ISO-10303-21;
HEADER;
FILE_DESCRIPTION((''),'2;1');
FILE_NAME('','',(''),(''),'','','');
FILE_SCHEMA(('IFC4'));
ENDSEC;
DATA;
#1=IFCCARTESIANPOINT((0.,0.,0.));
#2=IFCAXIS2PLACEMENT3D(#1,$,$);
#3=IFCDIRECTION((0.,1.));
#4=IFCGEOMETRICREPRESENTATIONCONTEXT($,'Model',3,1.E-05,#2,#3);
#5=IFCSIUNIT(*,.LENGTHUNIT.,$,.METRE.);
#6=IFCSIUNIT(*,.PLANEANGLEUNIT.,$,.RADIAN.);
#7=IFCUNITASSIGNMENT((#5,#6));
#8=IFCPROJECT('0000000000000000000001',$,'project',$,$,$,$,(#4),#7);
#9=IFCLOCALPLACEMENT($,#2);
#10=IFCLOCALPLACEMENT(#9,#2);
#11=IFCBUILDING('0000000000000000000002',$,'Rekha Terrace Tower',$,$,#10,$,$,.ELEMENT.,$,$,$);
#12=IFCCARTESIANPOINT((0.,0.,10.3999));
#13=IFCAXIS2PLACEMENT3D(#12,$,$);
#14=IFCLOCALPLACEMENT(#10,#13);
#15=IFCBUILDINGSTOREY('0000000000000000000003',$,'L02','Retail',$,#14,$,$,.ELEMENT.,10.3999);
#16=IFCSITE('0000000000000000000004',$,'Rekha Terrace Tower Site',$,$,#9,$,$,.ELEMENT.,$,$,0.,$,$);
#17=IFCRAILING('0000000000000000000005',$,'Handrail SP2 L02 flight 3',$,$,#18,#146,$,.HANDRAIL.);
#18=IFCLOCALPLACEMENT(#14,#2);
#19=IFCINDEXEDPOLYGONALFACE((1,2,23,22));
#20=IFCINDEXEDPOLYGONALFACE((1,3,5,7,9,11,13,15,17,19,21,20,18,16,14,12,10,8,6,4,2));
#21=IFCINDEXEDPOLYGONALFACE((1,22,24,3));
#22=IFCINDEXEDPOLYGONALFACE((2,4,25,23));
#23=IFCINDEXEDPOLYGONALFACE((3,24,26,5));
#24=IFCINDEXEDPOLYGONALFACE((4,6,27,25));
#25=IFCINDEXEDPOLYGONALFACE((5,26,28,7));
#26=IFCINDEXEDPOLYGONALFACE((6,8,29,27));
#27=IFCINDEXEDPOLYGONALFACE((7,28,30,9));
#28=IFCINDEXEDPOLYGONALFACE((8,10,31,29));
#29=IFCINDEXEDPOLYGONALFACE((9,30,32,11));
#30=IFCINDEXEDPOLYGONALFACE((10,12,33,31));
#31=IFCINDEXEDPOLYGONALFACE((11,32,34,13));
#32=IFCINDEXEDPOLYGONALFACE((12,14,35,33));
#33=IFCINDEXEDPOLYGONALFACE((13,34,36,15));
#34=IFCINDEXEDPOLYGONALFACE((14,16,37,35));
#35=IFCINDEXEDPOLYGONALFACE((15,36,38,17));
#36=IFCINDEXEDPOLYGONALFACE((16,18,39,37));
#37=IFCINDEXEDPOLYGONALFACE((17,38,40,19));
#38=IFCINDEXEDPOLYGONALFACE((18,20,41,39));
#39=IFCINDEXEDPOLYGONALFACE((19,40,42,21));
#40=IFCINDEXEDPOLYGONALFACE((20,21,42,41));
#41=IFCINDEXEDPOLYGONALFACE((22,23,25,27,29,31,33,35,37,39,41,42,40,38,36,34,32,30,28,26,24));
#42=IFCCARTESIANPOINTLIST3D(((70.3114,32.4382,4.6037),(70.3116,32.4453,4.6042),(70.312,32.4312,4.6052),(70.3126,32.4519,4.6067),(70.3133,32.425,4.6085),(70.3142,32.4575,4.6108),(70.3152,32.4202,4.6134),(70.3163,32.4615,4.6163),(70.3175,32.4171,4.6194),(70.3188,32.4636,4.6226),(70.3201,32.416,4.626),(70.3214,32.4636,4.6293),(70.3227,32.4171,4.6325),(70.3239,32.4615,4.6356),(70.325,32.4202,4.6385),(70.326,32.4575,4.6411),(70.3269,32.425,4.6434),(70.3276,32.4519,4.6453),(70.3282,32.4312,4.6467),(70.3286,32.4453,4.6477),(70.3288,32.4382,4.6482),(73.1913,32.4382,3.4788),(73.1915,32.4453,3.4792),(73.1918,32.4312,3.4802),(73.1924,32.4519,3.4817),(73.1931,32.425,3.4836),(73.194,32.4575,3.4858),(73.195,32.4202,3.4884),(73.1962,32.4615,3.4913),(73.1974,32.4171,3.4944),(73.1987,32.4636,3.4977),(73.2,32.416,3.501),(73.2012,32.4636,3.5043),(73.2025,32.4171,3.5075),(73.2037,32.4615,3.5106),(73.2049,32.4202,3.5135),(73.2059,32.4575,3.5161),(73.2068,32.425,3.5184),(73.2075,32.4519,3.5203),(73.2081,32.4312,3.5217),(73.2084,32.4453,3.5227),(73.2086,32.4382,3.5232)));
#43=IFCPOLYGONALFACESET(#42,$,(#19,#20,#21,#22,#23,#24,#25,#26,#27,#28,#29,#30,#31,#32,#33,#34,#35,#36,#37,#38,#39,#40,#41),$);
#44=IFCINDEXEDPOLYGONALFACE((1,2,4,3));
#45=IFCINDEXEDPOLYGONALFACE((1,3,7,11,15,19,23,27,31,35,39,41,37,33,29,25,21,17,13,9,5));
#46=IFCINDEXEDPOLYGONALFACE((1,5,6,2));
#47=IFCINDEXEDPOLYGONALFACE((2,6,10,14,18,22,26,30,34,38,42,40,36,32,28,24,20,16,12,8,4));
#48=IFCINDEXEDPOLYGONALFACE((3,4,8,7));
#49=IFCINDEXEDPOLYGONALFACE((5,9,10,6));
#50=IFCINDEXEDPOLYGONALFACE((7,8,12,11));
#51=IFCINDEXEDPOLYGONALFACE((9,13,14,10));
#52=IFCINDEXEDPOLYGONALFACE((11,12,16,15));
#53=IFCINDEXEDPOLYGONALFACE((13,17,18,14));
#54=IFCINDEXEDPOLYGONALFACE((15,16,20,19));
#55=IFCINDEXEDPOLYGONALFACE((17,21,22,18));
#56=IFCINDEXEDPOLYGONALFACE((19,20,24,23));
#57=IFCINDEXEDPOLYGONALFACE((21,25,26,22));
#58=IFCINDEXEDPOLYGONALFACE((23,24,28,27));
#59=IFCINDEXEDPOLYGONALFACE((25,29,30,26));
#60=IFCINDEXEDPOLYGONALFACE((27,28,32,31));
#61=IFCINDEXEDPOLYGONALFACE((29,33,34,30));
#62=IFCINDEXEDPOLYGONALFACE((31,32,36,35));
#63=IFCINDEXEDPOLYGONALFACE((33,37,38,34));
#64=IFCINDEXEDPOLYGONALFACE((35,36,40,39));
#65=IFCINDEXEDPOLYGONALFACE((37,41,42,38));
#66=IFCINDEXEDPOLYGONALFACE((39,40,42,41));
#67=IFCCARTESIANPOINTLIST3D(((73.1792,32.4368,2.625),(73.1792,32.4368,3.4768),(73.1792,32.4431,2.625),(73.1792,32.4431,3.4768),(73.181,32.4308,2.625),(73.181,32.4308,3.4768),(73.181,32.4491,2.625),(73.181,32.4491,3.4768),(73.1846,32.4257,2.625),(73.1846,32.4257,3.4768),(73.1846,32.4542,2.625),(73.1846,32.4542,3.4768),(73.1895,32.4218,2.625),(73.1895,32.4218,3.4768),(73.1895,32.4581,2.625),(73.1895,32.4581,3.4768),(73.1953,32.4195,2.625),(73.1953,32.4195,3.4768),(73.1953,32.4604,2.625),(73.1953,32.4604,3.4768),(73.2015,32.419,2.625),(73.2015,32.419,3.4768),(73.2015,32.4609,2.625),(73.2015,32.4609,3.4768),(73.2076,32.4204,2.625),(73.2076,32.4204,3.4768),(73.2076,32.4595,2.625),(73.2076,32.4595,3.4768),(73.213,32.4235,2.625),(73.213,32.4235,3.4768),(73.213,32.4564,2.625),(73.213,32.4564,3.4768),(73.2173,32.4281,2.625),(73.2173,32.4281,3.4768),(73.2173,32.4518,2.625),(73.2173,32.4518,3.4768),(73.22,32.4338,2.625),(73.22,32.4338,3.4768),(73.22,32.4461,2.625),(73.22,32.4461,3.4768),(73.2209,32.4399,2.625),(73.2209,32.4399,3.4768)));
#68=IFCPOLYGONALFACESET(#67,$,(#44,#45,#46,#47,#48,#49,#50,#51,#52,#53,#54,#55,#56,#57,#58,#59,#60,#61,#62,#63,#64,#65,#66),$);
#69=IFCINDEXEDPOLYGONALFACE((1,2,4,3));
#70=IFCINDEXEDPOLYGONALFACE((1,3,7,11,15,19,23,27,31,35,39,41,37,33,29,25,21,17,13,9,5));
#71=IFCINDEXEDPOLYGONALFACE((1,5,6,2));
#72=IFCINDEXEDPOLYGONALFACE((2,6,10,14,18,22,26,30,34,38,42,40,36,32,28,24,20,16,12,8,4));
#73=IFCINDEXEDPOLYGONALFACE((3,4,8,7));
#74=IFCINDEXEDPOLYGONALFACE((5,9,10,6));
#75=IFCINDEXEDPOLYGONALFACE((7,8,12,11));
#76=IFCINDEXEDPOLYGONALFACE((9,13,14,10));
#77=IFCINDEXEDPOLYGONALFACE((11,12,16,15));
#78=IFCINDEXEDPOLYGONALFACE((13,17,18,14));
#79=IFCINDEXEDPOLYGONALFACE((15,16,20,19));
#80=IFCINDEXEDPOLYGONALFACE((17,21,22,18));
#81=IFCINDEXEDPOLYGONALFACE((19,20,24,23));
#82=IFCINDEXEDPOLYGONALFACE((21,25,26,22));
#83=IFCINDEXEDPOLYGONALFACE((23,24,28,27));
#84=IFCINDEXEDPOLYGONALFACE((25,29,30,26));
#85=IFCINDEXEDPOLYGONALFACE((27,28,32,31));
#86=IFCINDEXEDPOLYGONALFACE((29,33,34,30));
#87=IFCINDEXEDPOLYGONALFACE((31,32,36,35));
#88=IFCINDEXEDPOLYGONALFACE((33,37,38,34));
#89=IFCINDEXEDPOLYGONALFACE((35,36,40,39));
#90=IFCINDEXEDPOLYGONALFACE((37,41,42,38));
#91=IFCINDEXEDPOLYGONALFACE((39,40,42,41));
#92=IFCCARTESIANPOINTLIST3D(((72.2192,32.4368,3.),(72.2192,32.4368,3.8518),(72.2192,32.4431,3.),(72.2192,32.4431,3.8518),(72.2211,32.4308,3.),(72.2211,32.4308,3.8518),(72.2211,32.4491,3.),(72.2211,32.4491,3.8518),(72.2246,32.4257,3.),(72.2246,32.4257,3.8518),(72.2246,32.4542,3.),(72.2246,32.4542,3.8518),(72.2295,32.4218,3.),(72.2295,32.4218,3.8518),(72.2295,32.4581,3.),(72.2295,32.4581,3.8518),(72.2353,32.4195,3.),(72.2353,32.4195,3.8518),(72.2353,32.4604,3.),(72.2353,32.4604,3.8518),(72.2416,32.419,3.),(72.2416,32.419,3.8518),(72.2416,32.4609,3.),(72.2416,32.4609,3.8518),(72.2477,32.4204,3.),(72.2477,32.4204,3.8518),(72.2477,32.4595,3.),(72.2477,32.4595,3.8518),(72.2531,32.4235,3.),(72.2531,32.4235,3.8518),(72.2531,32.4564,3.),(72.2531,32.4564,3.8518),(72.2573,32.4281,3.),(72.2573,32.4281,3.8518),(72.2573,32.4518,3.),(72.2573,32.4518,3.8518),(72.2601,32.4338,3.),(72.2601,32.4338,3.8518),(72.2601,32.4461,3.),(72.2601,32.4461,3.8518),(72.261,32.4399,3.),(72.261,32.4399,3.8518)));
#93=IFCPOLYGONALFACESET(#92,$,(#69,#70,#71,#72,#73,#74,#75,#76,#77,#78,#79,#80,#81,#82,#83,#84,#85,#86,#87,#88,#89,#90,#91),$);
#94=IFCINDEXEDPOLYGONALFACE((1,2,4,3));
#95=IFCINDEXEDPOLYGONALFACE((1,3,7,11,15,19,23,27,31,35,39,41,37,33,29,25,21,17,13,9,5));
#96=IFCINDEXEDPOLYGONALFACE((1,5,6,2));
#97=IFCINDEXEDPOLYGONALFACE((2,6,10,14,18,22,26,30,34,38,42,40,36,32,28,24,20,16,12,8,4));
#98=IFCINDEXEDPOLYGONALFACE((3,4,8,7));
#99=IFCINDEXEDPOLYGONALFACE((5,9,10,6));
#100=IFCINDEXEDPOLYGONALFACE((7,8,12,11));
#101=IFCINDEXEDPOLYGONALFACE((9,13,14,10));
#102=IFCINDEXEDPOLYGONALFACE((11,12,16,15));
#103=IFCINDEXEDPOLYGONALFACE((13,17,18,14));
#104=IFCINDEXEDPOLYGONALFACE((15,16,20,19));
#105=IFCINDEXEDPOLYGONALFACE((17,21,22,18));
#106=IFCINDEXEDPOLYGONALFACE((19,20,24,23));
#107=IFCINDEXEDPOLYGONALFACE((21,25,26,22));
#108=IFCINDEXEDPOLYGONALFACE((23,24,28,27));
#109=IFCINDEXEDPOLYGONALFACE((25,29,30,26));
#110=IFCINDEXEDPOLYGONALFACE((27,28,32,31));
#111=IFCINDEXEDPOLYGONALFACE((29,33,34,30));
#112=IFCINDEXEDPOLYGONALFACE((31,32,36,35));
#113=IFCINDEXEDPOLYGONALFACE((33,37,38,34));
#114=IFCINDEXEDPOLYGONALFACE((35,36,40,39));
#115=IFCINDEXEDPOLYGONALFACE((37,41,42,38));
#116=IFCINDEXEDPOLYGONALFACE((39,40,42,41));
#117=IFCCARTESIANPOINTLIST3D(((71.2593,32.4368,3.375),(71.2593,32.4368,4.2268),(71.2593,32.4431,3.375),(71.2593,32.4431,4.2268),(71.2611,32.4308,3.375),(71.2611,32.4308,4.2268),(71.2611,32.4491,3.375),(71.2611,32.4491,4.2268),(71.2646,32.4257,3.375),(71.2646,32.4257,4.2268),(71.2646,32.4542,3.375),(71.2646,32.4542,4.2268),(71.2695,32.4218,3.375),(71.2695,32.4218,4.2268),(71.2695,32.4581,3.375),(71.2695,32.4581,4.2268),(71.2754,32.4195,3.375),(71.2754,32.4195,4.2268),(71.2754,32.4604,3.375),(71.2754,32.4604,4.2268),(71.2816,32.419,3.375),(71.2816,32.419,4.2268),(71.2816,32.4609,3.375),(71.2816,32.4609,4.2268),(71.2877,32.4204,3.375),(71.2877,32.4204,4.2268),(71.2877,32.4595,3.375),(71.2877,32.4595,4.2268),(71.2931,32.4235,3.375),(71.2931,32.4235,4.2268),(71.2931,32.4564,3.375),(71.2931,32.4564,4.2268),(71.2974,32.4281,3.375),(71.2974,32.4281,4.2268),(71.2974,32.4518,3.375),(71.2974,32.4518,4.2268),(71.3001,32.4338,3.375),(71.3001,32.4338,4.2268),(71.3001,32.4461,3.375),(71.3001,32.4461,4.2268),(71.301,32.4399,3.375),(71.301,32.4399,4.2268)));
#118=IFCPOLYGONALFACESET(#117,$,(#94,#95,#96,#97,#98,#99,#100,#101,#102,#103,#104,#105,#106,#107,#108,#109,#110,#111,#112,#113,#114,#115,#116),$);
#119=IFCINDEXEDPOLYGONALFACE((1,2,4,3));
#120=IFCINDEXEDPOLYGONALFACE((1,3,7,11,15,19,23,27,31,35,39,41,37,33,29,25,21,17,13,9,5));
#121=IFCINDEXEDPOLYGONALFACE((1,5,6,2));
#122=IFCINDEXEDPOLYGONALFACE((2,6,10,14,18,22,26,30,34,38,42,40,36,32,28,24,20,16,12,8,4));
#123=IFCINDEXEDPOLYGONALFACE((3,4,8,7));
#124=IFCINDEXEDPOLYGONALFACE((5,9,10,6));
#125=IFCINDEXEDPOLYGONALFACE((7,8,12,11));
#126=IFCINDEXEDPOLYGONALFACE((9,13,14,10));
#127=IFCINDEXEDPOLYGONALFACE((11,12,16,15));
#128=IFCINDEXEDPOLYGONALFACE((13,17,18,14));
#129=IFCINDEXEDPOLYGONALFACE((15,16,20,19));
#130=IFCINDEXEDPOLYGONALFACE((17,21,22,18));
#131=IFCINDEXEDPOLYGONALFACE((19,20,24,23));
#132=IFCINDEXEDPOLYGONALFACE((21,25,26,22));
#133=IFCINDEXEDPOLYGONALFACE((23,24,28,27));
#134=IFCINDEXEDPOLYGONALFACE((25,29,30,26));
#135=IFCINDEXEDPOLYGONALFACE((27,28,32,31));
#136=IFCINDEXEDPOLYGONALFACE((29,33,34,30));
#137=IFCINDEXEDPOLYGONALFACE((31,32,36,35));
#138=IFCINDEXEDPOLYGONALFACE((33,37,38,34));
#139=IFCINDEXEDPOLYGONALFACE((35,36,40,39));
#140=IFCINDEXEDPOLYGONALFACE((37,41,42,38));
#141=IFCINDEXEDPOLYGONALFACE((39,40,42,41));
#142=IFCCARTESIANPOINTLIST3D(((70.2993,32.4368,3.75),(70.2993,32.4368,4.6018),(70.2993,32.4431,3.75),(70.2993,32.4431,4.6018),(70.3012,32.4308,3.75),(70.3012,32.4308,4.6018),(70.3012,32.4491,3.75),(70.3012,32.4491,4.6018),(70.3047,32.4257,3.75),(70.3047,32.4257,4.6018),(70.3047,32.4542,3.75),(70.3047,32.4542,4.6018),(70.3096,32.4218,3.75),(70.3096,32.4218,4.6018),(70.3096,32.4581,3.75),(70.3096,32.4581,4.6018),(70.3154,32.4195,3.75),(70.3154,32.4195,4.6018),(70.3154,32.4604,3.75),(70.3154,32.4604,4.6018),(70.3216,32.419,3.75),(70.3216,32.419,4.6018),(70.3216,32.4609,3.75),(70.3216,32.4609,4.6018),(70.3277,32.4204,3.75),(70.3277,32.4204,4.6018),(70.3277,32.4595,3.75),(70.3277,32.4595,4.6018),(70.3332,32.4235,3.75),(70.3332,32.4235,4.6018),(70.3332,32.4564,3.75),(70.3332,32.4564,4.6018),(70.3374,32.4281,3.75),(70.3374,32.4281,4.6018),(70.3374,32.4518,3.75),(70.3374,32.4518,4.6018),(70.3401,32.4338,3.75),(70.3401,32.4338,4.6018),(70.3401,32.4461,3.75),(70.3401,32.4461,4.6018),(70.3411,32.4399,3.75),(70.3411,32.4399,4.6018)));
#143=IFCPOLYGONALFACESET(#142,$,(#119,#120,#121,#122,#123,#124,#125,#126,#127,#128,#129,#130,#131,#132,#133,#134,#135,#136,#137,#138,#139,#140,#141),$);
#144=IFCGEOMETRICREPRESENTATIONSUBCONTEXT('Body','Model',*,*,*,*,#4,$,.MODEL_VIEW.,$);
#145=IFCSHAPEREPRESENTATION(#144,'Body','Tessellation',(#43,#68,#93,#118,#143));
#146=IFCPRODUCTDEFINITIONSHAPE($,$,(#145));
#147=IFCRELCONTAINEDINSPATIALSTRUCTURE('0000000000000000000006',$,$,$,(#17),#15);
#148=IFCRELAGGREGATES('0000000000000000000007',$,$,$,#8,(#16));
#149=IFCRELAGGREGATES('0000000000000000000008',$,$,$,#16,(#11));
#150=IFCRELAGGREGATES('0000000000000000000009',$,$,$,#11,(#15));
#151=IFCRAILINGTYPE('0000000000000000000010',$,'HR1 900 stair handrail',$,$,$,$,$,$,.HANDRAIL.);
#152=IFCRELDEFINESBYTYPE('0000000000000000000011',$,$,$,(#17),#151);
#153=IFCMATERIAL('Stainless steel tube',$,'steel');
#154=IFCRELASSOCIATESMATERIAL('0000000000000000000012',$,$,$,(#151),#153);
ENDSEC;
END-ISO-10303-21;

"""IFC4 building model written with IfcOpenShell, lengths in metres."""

from ifc_helpers import new_model, si_unit, direction, frame, origin, origin_2d, place, context, subcontext, project, spatial, circle, extrude, material, type_object, element, save


model = new_model("IFC4")

# Units and contexts
model_context = context("Model", 3, precision=1e-05, world=origin(), true_north=direction((0.0, 1.0)))
body_context = subcontext(model_context, "Body", "Model", "MODEL_VIEW")
ifc_project = project(units=[si_unit("LENGTHUNIT", "METRE"), si_unit("PLANEANGLEUNIT", "RADIAN")], contexts=[model_context])

# Site, building, storey
site_placement = place(None, origin())
site = spatial("IfcSite", under=ifc_project, at=site_placement, Name="Rekha Terrace Tower Site", CompositionType="ELEMENT", RefElevation=0.0)
building_placement = place(site_placement, origin())
building = spatial("IfcBuilding", under=site, at=building_placement, Name="Rekha Terrace Tower", CompositionType="ELEMENT")
storey_placement = place(building_placement, frame((0.0, 0.0, 10.3999)))
storey = spatial("IfcBuildingStorey", under=building, at=storey_placement, Name="L02", Description="Retail", CompositionType="ELEMENT", Elevation=10.3999)

# Railing
ifc_material_1 = material(Name="Stainless steel tube", Category="steel")
railing_type_1 = type_object("IfcRailingType", Name="HR1 900 stair handrail", PredefinedType="HANDRAIL", material=ifc_material_1)
railing_1_placement = place(storey_placement, frame((73.2, 32.4399, 2.625)))
element("IfcRailing", 1, at=railing_1_placement, inside=storey, type_object=railing_type_1, Name="Handrail SP2 L02 flight 3", PredefinedType="HANDRAIL", context=body_context, shape_type="SweptSolid", body=[
    extrude(circle(Radius=0.0239, at=origin_2d()), frame((0.0, 0.0, 0.876), z_axis=(-0.931452, 0.0, 0.363863), x_axis=(0.0, -1.0, 0.0)), (0.0, 0.0, 1.0), 3.0918),
    extrude(circle(Radius=0.021, at=origin_2d()), origin(), (0.0, 0.0, 1.0), 0.8518),
    extrude(circle(Radius=0.021, at=origin_2d()), frame((-0.96, 0.0, 0.375)), (0.0, 0.0, 1.0), 0.8518),
    extrude(circle(Radius=0.021, at=origin_2d()), frame((-1.9199, 0.0, 0.75)), (0.0, 0.0, 1.0), 0.8518),
    extrude(circle(Radius=0.021, at=origin_2d()), frame((-2.8799, 0.0, 1.125)), (0.0, 0.0, 1.0), 0.8518),
])

save(model, "model.ifc")
